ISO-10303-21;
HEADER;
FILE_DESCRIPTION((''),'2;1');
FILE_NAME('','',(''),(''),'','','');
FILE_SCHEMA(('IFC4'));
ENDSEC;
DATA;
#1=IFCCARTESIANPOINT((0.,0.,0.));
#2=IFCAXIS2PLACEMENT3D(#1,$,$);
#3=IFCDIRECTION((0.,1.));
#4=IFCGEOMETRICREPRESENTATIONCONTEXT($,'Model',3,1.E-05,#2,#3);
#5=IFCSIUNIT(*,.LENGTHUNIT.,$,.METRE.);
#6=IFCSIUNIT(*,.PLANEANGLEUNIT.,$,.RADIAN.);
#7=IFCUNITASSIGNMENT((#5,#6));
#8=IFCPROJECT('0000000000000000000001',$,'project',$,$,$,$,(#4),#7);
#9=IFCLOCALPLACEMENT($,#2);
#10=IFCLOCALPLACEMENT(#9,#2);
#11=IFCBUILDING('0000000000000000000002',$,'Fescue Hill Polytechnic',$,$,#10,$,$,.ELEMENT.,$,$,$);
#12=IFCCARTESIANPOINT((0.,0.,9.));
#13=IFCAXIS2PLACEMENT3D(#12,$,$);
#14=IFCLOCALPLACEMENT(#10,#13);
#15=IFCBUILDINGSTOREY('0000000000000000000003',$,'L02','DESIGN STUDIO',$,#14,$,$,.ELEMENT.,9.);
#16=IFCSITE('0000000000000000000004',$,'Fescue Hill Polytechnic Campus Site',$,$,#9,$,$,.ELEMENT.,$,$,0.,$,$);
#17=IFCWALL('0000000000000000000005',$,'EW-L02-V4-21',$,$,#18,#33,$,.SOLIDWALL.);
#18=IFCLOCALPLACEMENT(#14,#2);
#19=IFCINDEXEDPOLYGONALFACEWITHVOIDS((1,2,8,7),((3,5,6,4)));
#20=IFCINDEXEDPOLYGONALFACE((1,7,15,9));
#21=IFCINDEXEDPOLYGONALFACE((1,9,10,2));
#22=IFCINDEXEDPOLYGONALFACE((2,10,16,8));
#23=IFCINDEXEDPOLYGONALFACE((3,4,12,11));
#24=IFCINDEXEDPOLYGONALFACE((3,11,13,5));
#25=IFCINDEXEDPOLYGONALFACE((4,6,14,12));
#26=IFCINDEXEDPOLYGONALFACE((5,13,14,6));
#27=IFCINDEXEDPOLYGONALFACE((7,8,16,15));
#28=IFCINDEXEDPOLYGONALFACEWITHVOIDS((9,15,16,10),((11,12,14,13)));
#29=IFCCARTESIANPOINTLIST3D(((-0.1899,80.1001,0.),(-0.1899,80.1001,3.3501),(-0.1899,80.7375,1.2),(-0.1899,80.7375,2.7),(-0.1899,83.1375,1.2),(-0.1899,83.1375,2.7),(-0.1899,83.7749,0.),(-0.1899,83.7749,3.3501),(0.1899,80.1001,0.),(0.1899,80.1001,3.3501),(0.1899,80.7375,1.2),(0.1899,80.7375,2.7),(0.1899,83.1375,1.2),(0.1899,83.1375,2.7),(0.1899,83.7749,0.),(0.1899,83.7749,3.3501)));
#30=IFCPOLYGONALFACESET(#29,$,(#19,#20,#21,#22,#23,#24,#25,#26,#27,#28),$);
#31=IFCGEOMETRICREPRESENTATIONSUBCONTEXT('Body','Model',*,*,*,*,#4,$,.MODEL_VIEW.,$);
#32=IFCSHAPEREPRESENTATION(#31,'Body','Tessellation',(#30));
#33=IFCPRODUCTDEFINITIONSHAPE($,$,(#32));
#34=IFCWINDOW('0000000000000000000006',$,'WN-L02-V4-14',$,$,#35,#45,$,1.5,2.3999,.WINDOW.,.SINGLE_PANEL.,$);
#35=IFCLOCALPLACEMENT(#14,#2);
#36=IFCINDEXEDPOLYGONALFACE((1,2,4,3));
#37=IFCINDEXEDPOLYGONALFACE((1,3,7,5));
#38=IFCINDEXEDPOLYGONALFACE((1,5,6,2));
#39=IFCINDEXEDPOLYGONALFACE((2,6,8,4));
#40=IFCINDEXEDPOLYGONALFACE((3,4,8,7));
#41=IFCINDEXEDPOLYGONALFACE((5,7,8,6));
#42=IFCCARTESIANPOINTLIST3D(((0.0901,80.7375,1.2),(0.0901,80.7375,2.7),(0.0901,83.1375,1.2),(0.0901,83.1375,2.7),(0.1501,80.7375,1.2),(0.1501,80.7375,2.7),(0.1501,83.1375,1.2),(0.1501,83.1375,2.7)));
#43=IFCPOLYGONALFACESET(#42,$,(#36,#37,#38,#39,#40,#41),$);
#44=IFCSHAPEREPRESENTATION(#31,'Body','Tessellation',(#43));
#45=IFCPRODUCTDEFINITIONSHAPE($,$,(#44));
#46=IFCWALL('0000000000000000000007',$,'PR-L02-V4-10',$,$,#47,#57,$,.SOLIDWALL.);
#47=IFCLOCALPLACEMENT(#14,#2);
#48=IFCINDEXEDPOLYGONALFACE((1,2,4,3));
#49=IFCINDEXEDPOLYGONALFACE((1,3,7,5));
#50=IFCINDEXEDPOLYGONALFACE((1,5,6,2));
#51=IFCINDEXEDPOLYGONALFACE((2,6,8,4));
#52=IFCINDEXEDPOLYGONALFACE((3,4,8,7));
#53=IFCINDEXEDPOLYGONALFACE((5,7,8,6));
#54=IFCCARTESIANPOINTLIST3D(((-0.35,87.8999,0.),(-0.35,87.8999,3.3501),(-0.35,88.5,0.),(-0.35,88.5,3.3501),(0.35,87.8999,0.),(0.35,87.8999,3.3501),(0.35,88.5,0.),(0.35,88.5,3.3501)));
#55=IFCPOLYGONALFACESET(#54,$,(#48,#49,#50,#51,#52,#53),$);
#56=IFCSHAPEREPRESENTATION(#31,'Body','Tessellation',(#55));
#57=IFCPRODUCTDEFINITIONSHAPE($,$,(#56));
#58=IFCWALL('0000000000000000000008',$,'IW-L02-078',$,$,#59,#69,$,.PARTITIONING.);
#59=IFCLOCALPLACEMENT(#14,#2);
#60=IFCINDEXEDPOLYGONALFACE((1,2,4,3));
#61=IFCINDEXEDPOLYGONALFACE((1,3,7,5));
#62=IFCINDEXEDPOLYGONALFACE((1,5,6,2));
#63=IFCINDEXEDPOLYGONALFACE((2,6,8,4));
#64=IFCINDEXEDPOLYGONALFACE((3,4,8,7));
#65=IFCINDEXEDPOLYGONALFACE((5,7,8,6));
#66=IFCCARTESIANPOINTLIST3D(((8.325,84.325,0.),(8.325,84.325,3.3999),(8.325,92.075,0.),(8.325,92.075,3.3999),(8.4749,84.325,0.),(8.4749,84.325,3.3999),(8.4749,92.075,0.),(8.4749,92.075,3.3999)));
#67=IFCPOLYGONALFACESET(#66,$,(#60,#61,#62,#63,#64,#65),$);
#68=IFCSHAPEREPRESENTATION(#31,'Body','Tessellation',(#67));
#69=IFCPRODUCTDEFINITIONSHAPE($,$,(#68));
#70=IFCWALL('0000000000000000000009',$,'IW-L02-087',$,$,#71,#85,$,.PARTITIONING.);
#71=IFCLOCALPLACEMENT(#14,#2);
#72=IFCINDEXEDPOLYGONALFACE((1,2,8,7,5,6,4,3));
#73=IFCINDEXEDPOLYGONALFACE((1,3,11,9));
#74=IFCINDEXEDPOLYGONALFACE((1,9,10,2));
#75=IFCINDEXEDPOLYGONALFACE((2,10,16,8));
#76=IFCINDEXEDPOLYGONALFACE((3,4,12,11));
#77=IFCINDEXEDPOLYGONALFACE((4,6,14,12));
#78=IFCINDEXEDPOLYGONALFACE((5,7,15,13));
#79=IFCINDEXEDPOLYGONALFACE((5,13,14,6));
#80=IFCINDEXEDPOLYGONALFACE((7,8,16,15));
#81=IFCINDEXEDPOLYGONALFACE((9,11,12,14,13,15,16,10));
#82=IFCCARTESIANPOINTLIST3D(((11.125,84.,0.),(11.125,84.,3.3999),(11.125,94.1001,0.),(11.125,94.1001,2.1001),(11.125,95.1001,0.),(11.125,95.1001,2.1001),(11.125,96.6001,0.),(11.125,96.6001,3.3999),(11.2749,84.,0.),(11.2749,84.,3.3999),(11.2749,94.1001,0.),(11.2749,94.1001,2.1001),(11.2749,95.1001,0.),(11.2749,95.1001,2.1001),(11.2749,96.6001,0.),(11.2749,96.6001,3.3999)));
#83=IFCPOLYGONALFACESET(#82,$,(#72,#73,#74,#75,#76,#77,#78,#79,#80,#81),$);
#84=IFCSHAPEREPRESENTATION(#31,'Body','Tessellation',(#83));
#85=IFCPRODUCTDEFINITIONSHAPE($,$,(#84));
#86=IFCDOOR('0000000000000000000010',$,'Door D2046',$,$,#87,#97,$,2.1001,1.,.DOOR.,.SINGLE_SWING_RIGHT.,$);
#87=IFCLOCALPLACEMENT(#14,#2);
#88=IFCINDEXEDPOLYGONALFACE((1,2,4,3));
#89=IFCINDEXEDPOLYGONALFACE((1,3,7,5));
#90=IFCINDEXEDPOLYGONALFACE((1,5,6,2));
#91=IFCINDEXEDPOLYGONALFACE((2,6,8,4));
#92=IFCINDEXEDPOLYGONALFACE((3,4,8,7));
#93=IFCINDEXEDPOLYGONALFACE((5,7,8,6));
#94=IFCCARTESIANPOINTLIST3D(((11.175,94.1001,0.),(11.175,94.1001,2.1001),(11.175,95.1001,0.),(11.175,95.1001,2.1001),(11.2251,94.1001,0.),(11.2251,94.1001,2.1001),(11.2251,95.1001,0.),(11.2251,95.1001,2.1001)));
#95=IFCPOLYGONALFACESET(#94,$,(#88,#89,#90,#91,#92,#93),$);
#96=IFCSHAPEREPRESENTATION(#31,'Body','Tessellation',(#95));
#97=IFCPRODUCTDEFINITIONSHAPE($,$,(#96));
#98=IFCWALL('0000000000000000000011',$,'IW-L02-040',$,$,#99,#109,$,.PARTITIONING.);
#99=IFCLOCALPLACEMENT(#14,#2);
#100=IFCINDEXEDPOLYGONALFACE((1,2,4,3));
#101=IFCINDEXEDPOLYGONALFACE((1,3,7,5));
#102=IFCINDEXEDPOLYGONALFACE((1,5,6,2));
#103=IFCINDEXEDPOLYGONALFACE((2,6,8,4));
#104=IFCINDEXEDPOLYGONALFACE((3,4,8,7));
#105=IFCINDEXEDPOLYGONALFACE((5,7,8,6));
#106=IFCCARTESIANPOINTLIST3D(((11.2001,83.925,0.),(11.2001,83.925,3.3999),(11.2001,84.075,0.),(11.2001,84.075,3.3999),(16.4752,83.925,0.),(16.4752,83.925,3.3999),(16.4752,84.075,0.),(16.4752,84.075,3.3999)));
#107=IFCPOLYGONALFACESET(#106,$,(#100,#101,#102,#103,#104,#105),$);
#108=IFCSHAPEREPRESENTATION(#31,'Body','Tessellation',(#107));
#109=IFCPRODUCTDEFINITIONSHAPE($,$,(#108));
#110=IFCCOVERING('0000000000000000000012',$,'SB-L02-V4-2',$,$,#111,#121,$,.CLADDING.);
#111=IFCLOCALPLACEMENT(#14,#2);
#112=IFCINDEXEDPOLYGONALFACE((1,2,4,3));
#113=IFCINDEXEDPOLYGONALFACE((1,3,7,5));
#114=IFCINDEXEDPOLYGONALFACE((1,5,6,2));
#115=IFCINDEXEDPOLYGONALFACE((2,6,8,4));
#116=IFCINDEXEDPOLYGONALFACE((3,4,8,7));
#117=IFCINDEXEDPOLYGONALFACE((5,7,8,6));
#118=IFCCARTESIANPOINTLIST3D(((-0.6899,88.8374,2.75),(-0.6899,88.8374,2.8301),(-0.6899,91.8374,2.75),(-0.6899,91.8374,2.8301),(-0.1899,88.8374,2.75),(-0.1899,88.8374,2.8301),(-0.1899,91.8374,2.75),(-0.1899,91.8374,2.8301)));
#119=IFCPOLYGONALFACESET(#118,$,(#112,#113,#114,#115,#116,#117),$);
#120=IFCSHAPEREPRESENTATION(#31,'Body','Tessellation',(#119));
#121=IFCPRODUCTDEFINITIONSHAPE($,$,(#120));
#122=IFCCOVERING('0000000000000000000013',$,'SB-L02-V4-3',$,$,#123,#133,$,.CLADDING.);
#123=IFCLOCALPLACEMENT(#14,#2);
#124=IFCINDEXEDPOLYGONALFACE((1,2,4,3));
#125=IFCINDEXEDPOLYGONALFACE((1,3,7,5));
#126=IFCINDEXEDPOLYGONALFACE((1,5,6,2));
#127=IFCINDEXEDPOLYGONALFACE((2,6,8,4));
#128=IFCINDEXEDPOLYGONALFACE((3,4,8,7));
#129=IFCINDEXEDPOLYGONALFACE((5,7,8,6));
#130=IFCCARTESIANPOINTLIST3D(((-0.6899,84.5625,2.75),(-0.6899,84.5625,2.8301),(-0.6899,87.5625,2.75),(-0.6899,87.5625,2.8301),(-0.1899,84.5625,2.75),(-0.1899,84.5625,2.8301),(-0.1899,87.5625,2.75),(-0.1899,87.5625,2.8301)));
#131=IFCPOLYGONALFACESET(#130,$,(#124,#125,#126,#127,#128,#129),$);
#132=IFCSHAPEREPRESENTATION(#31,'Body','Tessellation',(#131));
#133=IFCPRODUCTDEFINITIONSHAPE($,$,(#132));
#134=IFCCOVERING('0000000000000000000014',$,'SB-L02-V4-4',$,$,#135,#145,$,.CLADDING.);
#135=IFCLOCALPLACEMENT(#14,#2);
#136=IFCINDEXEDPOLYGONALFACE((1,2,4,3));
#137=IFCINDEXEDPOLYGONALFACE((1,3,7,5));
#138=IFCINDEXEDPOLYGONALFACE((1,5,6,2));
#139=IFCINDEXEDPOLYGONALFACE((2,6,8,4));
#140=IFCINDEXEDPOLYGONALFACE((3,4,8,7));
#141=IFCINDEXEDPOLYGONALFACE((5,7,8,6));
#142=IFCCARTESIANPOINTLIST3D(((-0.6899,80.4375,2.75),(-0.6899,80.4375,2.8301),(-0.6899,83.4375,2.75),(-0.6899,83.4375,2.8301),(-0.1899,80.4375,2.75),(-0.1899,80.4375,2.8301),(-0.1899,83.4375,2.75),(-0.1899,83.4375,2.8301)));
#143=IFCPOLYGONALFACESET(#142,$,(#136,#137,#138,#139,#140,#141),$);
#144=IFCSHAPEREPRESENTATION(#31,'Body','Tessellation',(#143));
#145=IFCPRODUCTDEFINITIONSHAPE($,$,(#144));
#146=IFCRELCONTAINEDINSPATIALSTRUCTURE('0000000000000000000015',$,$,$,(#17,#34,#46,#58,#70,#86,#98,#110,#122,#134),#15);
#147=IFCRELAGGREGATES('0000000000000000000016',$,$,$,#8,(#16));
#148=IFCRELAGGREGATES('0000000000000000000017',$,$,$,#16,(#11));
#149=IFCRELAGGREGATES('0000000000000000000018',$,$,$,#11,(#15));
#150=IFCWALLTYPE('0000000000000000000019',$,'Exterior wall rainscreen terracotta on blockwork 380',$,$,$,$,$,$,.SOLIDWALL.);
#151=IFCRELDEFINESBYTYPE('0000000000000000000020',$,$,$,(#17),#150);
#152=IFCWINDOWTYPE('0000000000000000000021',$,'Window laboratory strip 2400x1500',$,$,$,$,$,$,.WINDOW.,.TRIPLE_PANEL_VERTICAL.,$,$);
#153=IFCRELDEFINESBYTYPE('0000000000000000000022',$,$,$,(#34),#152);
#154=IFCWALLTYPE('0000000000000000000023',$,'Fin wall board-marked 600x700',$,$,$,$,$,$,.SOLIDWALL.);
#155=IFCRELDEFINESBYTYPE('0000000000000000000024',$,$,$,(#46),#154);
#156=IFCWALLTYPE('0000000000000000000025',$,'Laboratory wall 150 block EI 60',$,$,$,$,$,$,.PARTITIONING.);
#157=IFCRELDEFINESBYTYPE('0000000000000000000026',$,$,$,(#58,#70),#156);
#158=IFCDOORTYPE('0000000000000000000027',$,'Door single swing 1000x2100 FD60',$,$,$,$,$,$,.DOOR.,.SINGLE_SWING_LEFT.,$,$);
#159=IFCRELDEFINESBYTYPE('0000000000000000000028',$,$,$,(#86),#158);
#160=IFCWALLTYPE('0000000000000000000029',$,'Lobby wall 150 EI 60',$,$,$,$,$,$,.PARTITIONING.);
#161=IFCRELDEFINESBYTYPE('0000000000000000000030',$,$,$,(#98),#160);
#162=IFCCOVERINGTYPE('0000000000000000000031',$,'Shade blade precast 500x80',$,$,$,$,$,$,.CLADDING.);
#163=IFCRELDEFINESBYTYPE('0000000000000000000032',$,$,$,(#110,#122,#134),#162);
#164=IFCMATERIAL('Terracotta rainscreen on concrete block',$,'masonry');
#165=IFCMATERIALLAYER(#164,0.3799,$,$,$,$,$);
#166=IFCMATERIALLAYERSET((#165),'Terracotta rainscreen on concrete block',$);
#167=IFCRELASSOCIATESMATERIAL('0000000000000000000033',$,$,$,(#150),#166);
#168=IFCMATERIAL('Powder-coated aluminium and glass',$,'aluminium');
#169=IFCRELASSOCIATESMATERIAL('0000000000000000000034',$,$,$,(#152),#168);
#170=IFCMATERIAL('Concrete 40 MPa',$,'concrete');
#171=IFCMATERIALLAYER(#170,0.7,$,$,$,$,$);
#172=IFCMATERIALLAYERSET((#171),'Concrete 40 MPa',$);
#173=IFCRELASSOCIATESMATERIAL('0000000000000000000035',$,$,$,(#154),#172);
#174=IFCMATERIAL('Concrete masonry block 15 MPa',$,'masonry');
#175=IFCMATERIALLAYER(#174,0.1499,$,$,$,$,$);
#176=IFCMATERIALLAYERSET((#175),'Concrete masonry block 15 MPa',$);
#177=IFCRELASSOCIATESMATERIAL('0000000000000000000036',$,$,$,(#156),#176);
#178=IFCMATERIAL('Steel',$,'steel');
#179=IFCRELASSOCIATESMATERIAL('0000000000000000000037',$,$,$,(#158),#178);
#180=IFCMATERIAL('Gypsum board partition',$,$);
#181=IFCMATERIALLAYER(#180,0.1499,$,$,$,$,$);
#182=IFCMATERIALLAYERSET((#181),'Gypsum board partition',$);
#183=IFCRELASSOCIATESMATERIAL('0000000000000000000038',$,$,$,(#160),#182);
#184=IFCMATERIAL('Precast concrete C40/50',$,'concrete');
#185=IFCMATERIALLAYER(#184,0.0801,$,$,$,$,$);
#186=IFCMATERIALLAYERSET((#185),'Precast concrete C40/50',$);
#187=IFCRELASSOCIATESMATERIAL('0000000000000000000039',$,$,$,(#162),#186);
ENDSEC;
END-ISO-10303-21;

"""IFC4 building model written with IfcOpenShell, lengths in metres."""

from ifc_helpers import new_model, si_unit, direction, frame, frame_2d, origin, origin_2d, place, context, subcontext, project, spatial, rectangle, extrude, material, layer, layer_set, type_object, element, fill, save


model = new_model("IFC4")

# Units and contexts
model_context = context("Model", 3, precision=1e-05, world=origin(), true_north=direction((0.0, 1.0)))
body_context = subcontext(model_context, "Body", "Model", "MODEL_VIEW")
ifc_project = project(units=[si_unit("LENGTHUNIT", "METRE"), si_unit("PLANEANGLEUNIT", "RADIAN")], contexts=[model_context])

# Site, building, storey
site_placement = place(None, origin())
site = spatial("IfcSite", under=ifc_project, at=site_placement, Name="Fescue Hill Polytechnic Campus Site", CompositionType="ELEMENT", RefElevation=0.0)
building_placement = place(site_placement, origin())
building = spatial("IfcBuilding", under=site, at=building_placement, Name="Fescue Hill Polytechnic", CompositionType="ELEMENT")
storey_placement = place(building_placement, frame((0.0, 0.0, 9.0)))
storey = spatial("IfcBuildingStorey", under=building, at=storey_placement, Name="L02", Description="DESIGN STUDIO", CompositionType="ELEMENT", Elevation=9.0)

# Shared definitions
ifc_material_1 = material(Name="Concrete 40 MPa", Category="concrete")

# Wall, opening, window
ifc_material_2 = material(Name="Terracotta rainscreen on concrete block", Category="masonry")
ifc_layer_1 = layer(ifc_material_2, 0.3799)
ifc_layer_set_1 = layer_set([ifc_layer_1], Name="Terracotta rainscreen on concrete block")
wall_type_1 = type_object("IfcWallType", Name="Exterior wall rainscreen terracotta on blockwork 380", PredefinedType="SOLIDWALL", material=ifc_layer_set_1)
ifc_material_3 = material(Name="Powder-coated aluminium and glass", Category="aluminium")
window_type = type_object("IfcWindowType", Name="Window laboratory strip 2400x1500", PartitioningType="TRIPLE_PANEL_VERTICAL", PredefinedType="WINDOW", material=ifc_material_3)
wall_1_placement = place(storey_placement, frame((0.0, 83.7749, 0.0), z_axis=(0.0, 0.0, 1.0), x_axis=(0.0, -1.0, 0.0)))
wall_1 = element("IfcWall", 1, at=wall_1_placement, inside=storey, type_object=wall_type_1, Name="EW-L02-V4-21", PredefinedType="SOLIDWALL", context=body_context, shape_type="SweptSolid", body=[
    extrude(rectangle(XDim=3.6748, YDim=0.3799, at=frame_2d((1.8374, 0.0))), origin(), (0.0, 0.0, 1.0), 3.3501),
])
opening_1_placement = place(wall_1_placement, frame((0.6375, 0.0, 1.2)))
opening_1 = element("IfcOpeningElement", 2, at=opening_1_placement, cuts=wall_1, PredefinedType="OPENING", context=body_context, shape_type="SweptSolid", body=[
    extrude(rectangle(XDim=2.3999, YDim=1.5, at=frame_2d((1.2, 0.75))), frame((0.0, 0.2, 0.0), z_axis=(0.0, -1.0, 0.0), x_axis=(1.0, 0.0, 0.0)), (0.0, 0.0, 1.0), 0.3999),
])
window_1_placement = place(opening_1_placement, origin())
window_1 = element("IfcWindow", 3, at=window_1_placement, inside=storey, type_object=window_type, Name="WN-L02-V4-14", OverallHeight=1.5, OverallWidth=2.3999, PartitioningType="SINGLE_PANEL", PredefinedType="WINDOW", context=body_context, shape_type="SweptSolid", body=[
    extrude(rectangle(XDim=2.3999, YDim=1.5, at=frame_2d((1.2, 0.75))), frame((0.0, 0.1501, 0.0), z_axis=(0.0, -1.0, 0.0), x_axis=(1.0, 0.0, 0.0)), (0.0, 0.0, 1.0), 0.0601),
])
fill(opening_1, window_1)

# Walls
ifc_layer_2 = layer(ifc_material_1, 0.7)
ifc_layer_set_2 = layer_set([ifc_layer_2], Name="Concrete 40 MPa")
wall_type_2 = type_object("IfcWallType", Name="Fin wall board-marked 600x700", PredefinedType="SOLIDWALL", material=ifc_layer_set_2)
wall_2_placement = place(storey_placement, frame((0.0, 88.5, 0.0), z_axis=(0.0, 0.0, 1.0), x_axis=(0.0, -1.0, 0.0)))
element("IfcWall", 4, at=wall_2_placement, inside=storey, type_object=wall_type_2, Name="PR-L02-V4-10", PredefinedType="SOLIDWALL", context=body_context, shape_type="SweptSolid", body=[
    extrude(rectangle(XDim=0.6001, YDim=0.7, at=frame_2d((0.3, 0.0))), origin(), (0.0, 0.0, 1.0), 3.3501),
])
ifc_material_4 = material(Name="Concrete masonry block 15 MPa", Category="masonry")
ifc_layer_3 = layer(ifc_material_4, 0.1499)
ifc_layer_set_3 = layer_set([ifc_layer_3], Name="Concrete masonry block 15 MPa")
wall_type_3 = type_object("IfcWallType", Name="Laboratory wall 150 block EI 60", PredefinedType="PARTITIONING", material=ifc_layer_set_3)
wall_3_placement = place(storey_placement, frame((8.3999, 84.325, 0.0), z_axis=(0.0, 0.0, 1.0), x_axis=(0.0, 1.0, 0.0)))
element("IfcWall", 5, at=wall_3_placement, inside=storey, type_object=wall_type_3, Name="IW-L02-078", PredefinedType="PARTITIONING", context=body_context, shape_type="SweptSolid", body=[
    extrude(rectangle(XDim=7.75, YDim=0.1499, at=frame_2d((3.875, 0.0))), origin(), (0.0, 0.0, 1.0), 3.3999),
])

# Wall, opening, door
wall_4_placement = place(storey_placement, frame((11.2, 84.0, 0.0), z_axis=(0.0, 0.0, 1.0), x_axis=(0.0, 1.0, 0.0)))
wall_4 = element("IfcWall", 6, at=wall_4_placement, inside=storey, type_object=wall_type_3, Name="IW-L02-087", PredefinedType="PARTITIONING", context=body_context, shape_type="SweptSolid", body=[
    extrude(rectangle(XDim=12.6001, YDim=0.1499, at=frame_2d((6.3, 0.0))), origin(), (0.0, 0.0, 1.0), 3.3999),
])
opening_2_placement = place(wall_4_placement, frame((10.1001, 0.0, 0.0)))
opening_2 = element("IfcOpeningElement", 7, at=opening_2_placement, cuts=wall_4, PredefinedType="OPENING", context=body_context, shape_type="SweptSolid", body=[
    extrude(rectangle(XDim=1.0, YDim=2.1001, at=frame_2d((0.5, 1.05))), frame((0.0, 0.085, 0.0), z_axis=(0.0, -1.0, 0.0), x_axis=(1.0, 0.0, 0.0)), (0.0, 0.0, 1.0), 0.1699),
])
ifc_material_5 = material(Name="Steel", Category="steel")
door_type = type_object("IfcDoorType", Name="Door single swing 1000x2100 FD60", OperationType="SINGLE_SWING_LEFT", PredefinedType="DOOR", material=ifc_material_5)
door_placement = place(opening_2_placement, origin())
door = element("IfcDoor", 8, at=door_placement, inside=storey, type_object=door_type, Name="Door D2046", OperationType="SINGLE_SWING_RIGHT", OverallHeight=2.1001, OverallWidth=1.0, PredefinedType="DOOR", context=body_context, shape_type="SweptSolid", body=[
    extrude(rectangle(XDim=1.0, YDim=2.1001, at=frame_2d((0.5, 1.05))), frame((0.0, 0.0249, 0.0), z_axis=(0.0, -1.0, 0.0), x_axis=(1.0, 0.0, 0.0)), (0.0, 0.0, 1.0), 0.05),
])
fill(opening_2, door)

# Wall
ifc_material_6 = material(Name="Gypsum board partition")
ifc_layer_4 = layer(ifc_material_6, 0.1499)
ifc_layer_set_4 = layer_set([ifc_layer_4], Name="Gypsum board partition")
wall_type_4 = type_object("IfcWallType", Name="Lobby wall 150 EI 60", PredefinedType="PARTITIONING", material=ifc_layer_set_4)
wall_5_placement = place(storey_placement, frame((11.2, 84.0, 0.0), z_axis=(0.0, 0.0, 1.0), x_axis=(1.0, 0.0, 0.0)))
element("IfcWall", 9, at=wall_5_placement, inside=storey, type_object=wall_type_4, Name="IW-L02-040", PredefinedType="PARTITIONING", context=body_context, shape_type="SweptSolid", body=[
    extrude(rectangle(XDim=5.2751, YDim=0.1499, at=frame_2d((2.6377, 0.0))), origin(), (0.0, 0.0, 1.0), 3.3999),
])

# Coverings
ifc_material_7 = material(Name="Precast concrete C40/50", Category="concrete")
ifc_layer_5 = layer(ifc_material_7, 0.0801)
ifc_layer_set_5 = layer_set([ifc_layer_5], Name="Precast concrete C40/50")
covering_type = type_object("IfcCoveringType", Name="Shade blade precast 500x80", PredefinedType="CLADDING", material=ifc_layer_set_5)
for number, where, z_axis, x_axis, name in (
    (10, (-0.4399, 90.3374, 2.75), (0.0, 0.0, 1.0), (0.0, -1.0, 0.0), "SB-L02-V4-2"),
    (11, (-0.4399, 86.0625, 2.75), (0.0, 0.0, 1.0), (0.0, -1.0, 0.0), "SB-L02-V4-3"),
    (12, (-0.4399, 81.9375, 2.75), (0.0, 0.0, 1.0), (0.0, -1.0, 0.0), "SB-L02-V4-4"),
):
    element("IfcCovering", number, at=place(storey_placement, frame(where, z_axis=z_axis, x_axis=x_axis)), inside=storey, type_object=covering_type, Name=name, PredefinedType="CLADDING", context=body_context, shape_type="SweptSolid", body=[
        extrude(rectangle(XDim=3.0, YDim=0.5, at=origin_2d()), origin(), (0.0, 0.0, 1.0), 0.0801),
    ])

save(model, "model.ifc")
